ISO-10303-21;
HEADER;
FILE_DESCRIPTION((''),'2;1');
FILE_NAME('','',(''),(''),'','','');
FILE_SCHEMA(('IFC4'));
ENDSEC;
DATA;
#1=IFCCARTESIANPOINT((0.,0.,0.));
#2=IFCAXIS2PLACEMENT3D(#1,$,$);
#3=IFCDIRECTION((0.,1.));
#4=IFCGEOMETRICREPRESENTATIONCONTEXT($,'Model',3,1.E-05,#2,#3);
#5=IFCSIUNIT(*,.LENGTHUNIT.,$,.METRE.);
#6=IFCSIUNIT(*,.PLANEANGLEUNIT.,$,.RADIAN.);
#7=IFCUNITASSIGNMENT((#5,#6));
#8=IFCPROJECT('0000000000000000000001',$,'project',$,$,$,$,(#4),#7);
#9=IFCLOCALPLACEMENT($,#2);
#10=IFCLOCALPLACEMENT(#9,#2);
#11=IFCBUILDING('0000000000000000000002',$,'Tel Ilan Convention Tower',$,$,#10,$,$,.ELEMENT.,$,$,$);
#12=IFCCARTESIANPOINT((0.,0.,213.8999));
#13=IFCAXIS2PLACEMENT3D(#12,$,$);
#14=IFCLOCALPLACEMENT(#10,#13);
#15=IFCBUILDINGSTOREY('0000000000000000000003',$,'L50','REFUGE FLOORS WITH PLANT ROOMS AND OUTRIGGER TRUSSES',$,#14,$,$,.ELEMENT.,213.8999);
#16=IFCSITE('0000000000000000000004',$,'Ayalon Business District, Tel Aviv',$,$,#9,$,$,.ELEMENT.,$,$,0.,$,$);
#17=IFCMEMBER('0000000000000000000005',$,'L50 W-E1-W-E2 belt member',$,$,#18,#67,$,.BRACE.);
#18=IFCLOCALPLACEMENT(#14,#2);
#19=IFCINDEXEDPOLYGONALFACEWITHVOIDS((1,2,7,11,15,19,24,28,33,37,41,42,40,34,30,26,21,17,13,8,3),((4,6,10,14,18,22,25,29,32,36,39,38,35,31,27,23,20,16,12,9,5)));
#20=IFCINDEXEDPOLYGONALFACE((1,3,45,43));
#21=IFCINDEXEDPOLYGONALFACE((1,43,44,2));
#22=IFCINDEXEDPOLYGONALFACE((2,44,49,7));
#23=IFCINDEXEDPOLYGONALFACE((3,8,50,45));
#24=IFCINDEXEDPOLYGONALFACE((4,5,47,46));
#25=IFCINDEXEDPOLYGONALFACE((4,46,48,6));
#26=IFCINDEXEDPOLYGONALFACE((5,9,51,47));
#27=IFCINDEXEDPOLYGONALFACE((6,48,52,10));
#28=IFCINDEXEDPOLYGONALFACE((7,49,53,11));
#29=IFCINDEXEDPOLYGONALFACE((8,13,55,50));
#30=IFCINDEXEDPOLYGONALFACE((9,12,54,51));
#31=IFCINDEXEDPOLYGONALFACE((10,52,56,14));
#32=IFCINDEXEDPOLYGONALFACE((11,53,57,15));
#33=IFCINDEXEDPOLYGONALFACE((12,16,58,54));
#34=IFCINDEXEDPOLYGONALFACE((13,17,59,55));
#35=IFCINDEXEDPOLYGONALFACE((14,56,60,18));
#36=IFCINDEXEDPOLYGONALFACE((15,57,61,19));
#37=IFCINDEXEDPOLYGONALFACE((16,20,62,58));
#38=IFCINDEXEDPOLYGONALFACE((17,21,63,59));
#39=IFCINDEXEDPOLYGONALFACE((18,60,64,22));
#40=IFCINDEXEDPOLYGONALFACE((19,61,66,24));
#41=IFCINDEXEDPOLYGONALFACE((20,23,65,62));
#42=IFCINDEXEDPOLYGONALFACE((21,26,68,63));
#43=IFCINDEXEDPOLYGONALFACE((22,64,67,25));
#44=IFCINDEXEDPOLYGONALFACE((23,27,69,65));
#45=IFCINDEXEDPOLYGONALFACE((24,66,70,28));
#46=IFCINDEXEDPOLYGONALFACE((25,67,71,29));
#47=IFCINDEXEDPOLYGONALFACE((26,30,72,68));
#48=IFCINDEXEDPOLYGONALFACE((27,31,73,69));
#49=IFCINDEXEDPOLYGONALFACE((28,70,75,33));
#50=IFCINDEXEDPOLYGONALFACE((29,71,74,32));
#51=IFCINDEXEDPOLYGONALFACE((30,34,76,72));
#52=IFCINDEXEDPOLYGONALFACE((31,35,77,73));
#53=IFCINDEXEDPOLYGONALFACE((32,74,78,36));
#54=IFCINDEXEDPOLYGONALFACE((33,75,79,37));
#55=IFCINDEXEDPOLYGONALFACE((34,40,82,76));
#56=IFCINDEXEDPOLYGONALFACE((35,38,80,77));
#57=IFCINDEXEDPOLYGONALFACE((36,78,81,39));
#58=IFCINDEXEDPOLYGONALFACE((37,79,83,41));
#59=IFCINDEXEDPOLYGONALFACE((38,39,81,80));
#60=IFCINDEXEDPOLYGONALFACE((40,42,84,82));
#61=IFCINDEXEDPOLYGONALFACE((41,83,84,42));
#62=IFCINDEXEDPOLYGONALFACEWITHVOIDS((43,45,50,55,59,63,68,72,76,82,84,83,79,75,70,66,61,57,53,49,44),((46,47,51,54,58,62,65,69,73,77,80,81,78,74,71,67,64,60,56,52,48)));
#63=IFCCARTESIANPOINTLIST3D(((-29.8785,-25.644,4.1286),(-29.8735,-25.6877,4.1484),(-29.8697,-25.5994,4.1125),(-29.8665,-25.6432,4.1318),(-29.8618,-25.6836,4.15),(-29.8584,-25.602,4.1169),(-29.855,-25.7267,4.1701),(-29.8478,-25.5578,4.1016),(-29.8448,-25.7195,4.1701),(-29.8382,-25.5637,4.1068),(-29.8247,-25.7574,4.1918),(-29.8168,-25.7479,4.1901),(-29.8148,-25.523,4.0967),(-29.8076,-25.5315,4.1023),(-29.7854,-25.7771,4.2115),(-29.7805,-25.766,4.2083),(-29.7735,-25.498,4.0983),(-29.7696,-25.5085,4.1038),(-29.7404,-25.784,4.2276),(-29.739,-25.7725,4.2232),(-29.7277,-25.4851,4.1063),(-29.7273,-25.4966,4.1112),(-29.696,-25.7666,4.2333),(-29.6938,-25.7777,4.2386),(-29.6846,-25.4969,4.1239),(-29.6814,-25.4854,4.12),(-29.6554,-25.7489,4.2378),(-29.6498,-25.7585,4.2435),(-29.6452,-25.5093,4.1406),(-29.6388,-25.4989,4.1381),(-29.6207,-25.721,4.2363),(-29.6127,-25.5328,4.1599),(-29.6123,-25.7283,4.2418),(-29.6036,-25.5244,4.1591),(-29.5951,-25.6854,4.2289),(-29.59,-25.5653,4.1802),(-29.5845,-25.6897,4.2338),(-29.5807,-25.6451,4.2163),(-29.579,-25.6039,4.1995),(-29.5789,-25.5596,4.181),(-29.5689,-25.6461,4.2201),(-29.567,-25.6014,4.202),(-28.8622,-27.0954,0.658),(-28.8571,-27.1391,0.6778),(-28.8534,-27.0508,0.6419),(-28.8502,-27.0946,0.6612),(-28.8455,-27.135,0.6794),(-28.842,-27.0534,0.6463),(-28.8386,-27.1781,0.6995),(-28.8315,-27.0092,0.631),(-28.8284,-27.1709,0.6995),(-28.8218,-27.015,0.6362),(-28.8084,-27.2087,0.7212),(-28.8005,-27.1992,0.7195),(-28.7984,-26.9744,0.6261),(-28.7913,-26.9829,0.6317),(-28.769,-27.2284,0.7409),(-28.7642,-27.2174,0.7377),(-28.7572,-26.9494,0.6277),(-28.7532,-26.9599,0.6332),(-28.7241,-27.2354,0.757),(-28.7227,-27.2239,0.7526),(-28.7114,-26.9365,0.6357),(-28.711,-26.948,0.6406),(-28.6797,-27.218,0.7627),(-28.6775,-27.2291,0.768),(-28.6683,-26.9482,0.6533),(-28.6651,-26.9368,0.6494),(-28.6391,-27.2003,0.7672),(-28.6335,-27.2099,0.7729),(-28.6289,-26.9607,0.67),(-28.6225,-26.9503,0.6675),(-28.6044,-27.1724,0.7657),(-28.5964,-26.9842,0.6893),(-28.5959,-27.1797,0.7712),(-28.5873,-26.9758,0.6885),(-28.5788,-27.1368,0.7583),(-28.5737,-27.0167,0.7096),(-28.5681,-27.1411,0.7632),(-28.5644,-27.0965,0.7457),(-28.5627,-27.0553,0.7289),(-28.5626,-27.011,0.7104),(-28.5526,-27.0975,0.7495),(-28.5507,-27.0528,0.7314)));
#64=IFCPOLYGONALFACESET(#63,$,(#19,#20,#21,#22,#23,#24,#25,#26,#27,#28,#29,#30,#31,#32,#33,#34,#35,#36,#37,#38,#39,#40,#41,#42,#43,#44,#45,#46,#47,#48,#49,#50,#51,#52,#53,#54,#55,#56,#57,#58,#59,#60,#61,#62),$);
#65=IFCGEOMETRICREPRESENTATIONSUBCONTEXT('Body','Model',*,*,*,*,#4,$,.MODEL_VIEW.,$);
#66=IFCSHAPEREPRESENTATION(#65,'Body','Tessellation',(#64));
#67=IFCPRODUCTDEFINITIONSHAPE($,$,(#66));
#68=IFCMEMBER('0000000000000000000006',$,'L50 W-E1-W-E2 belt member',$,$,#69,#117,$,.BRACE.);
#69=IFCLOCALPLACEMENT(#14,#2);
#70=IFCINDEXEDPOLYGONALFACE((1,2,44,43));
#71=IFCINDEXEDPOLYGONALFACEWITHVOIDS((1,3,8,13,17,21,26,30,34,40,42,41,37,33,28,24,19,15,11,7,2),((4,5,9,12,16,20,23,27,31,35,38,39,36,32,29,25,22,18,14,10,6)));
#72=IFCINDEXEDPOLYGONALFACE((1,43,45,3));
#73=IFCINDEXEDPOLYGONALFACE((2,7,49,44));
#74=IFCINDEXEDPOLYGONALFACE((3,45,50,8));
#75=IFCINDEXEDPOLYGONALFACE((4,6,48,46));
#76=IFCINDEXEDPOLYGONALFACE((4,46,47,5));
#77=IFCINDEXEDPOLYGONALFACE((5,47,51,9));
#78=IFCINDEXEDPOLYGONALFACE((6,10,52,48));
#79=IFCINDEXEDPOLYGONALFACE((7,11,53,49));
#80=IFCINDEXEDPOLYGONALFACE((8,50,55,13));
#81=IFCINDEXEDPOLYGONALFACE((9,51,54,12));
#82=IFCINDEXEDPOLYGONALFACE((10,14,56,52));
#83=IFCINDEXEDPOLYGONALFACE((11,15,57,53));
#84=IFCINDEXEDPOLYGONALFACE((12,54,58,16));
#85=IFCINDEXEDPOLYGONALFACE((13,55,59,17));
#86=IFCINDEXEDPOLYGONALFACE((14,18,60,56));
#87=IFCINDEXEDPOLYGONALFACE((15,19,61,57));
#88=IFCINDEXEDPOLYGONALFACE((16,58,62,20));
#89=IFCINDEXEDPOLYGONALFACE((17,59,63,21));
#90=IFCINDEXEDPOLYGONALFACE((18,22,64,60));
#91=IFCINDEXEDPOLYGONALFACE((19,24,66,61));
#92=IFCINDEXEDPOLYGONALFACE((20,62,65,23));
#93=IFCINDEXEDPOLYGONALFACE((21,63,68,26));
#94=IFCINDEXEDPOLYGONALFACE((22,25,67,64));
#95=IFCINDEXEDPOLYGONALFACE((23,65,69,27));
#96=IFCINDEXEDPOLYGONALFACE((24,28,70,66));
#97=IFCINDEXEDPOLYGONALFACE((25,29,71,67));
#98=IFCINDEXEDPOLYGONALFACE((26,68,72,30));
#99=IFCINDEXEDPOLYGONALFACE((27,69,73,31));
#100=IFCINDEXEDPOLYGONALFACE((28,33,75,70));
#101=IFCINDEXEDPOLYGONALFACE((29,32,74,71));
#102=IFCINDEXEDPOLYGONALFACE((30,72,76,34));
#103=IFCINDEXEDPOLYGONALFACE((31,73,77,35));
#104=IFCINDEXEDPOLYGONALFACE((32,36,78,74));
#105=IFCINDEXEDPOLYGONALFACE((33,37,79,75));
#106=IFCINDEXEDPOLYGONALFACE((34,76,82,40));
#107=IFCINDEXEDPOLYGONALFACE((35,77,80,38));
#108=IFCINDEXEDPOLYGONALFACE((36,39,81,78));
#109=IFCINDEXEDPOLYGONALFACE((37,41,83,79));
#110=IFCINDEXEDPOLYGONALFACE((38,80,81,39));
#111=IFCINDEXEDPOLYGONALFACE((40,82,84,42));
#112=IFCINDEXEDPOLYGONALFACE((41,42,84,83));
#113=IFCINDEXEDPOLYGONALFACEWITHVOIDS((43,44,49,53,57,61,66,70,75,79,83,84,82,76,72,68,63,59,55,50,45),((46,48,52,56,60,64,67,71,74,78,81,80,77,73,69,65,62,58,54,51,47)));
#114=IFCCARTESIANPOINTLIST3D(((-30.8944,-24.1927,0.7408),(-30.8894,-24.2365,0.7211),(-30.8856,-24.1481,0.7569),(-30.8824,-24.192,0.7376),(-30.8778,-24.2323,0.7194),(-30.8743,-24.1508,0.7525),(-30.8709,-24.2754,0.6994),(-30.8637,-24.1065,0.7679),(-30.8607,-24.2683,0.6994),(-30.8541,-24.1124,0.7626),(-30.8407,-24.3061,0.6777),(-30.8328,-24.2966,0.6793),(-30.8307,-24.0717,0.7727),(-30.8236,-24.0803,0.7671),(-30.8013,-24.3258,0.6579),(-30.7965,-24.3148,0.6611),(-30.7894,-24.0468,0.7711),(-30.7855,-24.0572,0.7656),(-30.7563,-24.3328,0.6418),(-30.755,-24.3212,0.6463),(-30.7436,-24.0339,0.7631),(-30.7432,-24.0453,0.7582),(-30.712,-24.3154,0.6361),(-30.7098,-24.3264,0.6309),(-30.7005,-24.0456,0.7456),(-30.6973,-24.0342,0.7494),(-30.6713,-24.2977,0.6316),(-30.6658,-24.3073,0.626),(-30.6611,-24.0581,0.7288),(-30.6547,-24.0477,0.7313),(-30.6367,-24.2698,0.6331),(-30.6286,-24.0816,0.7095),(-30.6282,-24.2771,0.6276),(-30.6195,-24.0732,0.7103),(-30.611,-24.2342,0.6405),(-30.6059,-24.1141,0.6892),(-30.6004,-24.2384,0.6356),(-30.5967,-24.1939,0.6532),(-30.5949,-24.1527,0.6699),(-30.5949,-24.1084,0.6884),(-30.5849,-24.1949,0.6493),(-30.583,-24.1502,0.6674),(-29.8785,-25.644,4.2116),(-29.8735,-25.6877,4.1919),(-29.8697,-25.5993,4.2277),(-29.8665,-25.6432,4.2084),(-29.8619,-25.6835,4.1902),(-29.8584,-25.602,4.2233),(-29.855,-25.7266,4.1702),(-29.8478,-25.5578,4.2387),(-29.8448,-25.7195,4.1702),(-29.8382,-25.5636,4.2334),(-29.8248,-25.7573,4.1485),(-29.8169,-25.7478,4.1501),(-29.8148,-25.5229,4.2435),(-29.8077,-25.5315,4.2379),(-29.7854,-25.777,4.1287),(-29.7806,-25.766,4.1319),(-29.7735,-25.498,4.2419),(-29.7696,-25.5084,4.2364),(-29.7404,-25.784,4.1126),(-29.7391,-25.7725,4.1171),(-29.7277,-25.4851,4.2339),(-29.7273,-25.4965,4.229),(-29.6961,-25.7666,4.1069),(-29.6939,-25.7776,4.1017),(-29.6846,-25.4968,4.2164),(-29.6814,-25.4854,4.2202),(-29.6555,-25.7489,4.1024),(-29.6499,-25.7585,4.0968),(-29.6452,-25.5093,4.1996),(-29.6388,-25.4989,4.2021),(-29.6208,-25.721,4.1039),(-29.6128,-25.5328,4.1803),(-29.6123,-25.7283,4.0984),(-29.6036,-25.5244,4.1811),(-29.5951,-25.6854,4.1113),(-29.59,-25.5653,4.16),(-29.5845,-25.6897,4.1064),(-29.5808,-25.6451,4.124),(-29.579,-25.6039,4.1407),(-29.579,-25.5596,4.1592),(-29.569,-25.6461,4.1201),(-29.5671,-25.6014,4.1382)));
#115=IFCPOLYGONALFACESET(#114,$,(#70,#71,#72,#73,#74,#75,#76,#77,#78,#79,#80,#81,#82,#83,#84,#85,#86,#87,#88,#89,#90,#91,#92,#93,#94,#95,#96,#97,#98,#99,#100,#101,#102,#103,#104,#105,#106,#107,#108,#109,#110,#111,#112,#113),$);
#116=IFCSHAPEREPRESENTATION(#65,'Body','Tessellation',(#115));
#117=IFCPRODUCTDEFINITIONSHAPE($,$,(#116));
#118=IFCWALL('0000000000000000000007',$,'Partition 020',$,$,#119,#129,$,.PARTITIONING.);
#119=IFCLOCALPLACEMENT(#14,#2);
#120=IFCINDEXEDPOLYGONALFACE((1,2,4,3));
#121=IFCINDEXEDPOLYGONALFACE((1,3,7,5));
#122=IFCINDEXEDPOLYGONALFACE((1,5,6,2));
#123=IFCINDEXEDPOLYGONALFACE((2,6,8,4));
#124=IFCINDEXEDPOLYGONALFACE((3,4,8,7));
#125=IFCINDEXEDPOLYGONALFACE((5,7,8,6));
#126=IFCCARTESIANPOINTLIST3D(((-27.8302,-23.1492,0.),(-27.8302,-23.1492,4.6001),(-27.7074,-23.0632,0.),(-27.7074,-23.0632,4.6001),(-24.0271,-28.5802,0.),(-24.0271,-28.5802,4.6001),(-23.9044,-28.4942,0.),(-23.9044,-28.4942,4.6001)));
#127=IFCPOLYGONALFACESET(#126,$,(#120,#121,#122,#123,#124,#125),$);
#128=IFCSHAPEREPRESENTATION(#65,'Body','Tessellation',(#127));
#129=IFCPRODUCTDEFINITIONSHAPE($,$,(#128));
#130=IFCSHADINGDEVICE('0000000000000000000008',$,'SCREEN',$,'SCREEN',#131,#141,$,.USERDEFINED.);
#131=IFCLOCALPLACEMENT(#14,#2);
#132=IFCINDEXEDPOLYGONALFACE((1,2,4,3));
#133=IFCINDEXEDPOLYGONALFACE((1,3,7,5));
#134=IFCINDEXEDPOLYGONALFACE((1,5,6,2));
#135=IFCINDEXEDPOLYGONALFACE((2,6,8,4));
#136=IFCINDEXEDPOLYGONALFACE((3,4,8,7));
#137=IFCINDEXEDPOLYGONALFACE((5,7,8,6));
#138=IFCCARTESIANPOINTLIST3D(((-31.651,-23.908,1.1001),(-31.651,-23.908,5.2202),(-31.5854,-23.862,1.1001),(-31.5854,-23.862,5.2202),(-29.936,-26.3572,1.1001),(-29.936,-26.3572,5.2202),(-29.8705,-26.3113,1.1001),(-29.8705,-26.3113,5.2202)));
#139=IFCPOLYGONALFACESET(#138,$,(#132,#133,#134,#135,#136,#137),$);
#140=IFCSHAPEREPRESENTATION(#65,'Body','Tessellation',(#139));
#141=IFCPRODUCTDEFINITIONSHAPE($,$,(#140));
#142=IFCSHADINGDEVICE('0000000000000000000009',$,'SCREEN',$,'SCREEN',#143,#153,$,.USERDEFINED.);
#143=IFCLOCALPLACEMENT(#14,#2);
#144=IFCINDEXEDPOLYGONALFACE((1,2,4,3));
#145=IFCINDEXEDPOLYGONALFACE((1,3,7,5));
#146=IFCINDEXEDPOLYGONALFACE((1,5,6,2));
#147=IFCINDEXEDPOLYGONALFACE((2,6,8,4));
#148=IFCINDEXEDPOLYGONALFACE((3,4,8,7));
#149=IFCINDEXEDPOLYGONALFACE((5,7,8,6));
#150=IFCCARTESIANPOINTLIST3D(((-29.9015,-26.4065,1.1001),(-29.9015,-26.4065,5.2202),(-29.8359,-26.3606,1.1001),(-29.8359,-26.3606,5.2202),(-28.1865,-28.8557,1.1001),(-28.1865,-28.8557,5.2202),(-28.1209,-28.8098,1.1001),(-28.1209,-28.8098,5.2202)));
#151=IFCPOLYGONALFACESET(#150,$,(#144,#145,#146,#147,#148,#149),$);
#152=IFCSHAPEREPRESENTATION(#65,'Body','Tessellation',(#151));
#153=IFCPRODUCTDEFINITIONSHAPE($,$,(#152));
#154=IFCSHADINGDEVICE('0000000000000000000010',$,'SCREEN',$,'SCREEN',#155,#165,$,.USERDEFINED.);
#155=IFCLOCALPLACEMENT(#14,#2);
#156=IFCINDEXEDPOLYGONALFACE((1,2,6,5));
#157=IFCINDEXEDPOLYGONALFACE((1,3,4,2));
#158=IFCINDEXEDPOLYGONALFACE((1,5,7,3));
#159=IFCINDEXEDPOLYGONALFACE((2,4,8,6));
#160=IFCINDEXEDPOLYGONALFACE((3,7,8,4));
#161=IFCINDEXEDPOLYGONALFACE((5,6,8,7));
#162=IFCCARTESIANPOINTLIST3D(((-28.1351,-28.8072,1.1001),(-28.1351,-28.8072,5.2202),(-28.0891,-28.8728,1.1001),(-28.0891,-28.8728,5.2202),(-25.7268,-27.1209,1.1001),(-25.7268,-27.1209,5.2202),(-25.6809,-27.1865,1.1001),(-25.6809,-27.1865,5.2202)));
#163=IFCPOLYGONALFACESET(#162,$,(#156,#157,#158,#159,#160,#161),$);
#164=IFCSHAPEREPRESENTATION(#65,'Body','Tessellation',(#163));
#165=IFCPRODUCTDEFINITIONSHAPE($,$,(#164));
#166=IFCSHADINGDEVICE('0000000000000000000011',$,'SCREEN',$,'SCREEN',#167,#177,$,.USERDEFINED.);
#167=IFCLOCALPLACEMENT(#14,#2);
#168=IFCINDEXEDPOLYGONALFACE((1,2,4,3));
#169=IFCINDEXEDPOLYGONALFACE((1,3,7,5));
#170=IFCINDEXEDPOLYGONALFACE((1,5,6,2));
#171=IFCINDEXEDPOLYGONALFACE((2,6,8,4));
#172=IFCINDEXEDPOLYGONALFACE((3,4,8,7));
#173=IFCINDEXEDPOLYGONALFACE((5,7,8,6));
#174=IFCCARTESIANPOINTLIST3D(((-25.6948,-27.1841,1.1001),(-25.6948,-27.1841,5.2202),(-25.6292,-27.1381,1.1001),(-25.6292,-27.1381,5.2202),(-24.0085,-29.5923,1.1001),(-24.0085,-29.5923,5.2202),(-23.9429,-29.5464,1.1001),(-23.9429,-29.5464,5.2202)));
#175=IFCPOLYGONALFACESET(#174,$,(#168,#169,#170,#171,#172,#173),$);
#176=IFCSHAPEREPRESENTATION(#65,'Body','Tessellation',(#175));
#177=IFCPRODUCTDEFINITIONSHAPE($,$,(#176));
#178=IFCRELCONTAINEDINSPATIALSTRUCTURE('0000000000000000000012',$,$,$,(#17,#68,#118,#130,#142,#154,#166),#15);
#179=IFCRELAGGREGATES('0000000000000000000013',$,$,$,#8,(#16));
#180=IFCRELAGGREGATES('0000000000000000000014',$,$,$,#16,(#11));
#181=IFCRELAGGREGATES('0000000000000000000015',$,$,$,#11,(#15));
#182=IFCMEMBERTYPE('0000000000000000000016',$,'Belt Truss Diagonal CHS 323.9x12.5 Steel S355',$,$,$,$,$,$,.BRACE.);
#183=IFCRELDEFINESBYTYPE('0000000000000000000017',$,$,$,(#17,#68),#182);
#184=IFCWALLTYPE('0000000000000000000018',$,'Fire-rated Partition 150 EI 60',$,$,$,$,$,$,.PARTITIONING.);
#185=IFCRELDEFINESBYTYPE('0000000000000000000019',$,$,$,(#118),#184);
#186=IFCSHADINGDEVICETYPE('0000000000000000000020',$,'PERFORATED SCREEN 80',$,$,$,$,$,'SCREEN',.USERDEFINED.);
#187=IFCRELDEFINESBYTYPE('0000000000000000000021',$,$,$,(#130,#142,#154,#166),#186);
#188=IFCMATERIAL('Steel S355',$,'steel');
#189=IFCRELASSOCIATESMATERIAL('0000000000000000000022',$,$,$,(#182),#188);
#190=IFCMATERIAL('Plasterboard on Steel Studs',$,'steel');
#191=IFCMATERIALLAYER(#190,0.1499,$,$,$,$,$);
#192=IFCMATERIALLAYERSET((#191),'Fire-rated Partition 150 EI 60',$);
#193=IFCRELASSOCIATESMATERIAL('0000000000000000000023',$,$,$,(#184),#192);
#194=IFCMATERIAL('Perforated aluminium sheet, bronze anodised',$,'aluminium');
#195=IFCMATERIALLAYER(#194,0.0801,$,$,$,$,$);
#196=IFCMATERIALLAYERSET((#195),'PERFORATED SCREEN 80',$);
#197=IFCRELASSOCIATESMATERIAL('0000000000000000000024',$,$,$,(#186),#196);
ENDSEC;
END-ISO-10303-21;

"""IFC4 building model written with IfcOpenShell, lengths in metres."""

from ifc_helpers import new_model, si_unit, direction, frame, frame_2d, origin, origin_2d, place, context, subcontext, project, spatial, rectangle, hollow_circle, extrude, material, layer, layer_set, material_profile, profile_set, type_object, element, save


model = new_model("IFC4")

# Units and contexts
model_context = context("Model", 3, precision=1e-05, world=origin(), true_north=direction((0.0, 1.0)))
body_context = subcontext(model_context, "Body", "Model", "MODEL_VIEW")
ifc_project = project(units=[si_unit("LENGTHUNIT", "METRE"), si_unit("PLANEANGLEUNIT", "RADIAN")], contexts=[model_context])

# Site, building, storey
site_placement = place(None, origin())
site = spatial("IfcSite", under=ifc_project, at=site_placement, Name="Ayalon Business District, Tel Aviv", CompositionType="ELEMENT", RefElevation=0.0)
building_placement = place(site_placement, origin())
building = spatial("IfcBuilding", under=site, at=building_placement, Name="Tel Ilan Convention Tower", CompositionType="ELEMENT")
storey_placement = place(building_placement, frame((0.0, 0.0, 213.8999)))
storey = spatial("IfcBuildingStorey", under=building, at=storey_placement, Name="L50", Description="REFUGE FLOORS WITH PLANT ROOMS AND OUTRIGGER TRUSSES", CompositionType="ELEMENT", Elevation=213.8999)

# Members
ifc_material_1 = material(Name="Steel S355", Category="steel")
ifc_material_profile_1 = material_profile(ifc_material_1, hollow_circle(Radius=0.1619, WallThickness=0.0125, at=origin_2d()), Name="CHS 323.9x12.5")
ifc_profile_set_1 = profile_set([ifc_material_profile_1], Name="Steel S355")
member_type_1 = type_object("IfcMemberType", Name="Belt Truss Diagonal CHS 323.9x12.5 Steel S355", PredefinedType="BRACE", material=ifc_profile_set_1)
for number, where, z_axis, x_axis, name in (
    (1, (-28.7061, -27.0852, 0.6995), (-0.260816, 0.37246, 0.890645), (-0.819135, -0.573601, 0.0), "L50 W-E1-W-E2 belt member"),
    (2, (-29.7224, -25.6338, 4.1702), (-0.260705, 0.372418, -0.890695), (-0.819219, -0.573481, 0.0), "L50 W-E1-W-E2 belt member"),
):
    element("IfcMember", number, at=place(storey_placement, frame(where, z_axis=z_axis, x_axis=x_axis)), inside=storey, type_object=member_type_1, Name=name, PredefinedType="BRACE", context=body_context, shape_type="SweptSolid", body=[
        extrude(hollow_circle(Radius=0.1619, WallThickness=0.0125, at=origin_2d()), origin(), (0.0, 0.0, 1.0), 3.8967),
    ])

# Wall
ifc_material_2 = material(Name="Plasterboard on Steel Studs", Category="steel")
ifc_layer_1 = layer(ifc_material_2, 0.1499)
ifc_layer_set_1 = layer_set([ifc_layer_1], Name="Fire-rated Partition 150 EI 60")
wall_type = type_object("IfcWallType", Name="Fire-rated Partition 150 EI 60", PredefinedType="PARTITIONING", material=ifc_layer_set_1)
wall_placement = place(storey_placement, frame((-23.9658, -28.5371, 0.0), z_axis=(0.0, 0.0, 1.0), x_axis=(-0.573598, 0.819137, 0.0)))
element("IfcWall", 3, at=wall_placement, inside=storey, type_object=wall_type, Name="Partition 020", PredefinedType="PARTITIONING", context=body_context, shape_type="SweptSolid", body=[
    extrude(rectangle(XDim=6.6301, YDim=0.1499, at=frame_2d((3.3149, 0.0))), origin(), (0.0, 0.0, 1.0), 4.6001),
])

# Shading devices
ifc_material_3 = material(Name="Perforated aluminium sheet, bronze anodised", Category="aluminium")
ifc_layer_2 = layer(ifc_material_3, 0.0801)
ifc_layer_set_2 = layer_set([ifc_layer_2], Name="PERFORATED SCREEN 80")
shading_device_type_1 = type_object("IfcShadingDeviceType", Name="PERFORATED SCREEN 80", ElementType="SCREEN", PredefinedType="USERDEFINED", material=ifc_layer_set_2)
for number, where, z_axis, x_axis, name in (
    (4, (-30.7607, -25.1096, 1.1001), (0.0, 0.0, 1.0), (0.573576, -0.819152, 0.0), "SCREEN"),
    (5, (-29.0112, -27.6082, 1.1001), (0.0, 0.0, 1.0), (0.573576, -0.819152, 0.0), "SCREEN"),
):
    element("IfcShadingDevice", number, at=place(storey_placement, frame(where, z_axis=z_axis, x_axis=x_axis)), inside=storey, type_object=shading_device_type_1, Name=name, ObjectType="SCREEN", PredefinedType="USERDEFINED", context=body_context, shape_type="SweptSolid", body=[
        extrude(rectangle(XDim=2.99, YDim=0.0801, at=origin_2d()), origin(), (0.0, 0.0, 1.0), 4.1201),
    ])
for number, where, z_axis, x_axis, name in (
    (6, (-26.908, -27.9968, 1.1001), (0.0, 0.0, 1.0), (0.819152, 0.573576, 0.0), "SCREEN"),
    (7, (-24.8188, -28.3652, 1.1001), (0.0, 0.0, 1.0), (0.573576, -0.819152, 0.0), "SCREEN"),
):
    element("IfcShadingDevice", number, at=place(storey_placement, frame(where, z_axis=z_axis, x_axis=x_axis)), inside=storey, type_object=shading_device_type_1, Name=name, ObjectType="SCREEN", PredefinedType="USERDEFINED", context=body_context, shape_type="SweptSolid", body=[
        extrude(rectangle(XDim=2.9399, YDim=0.0801, at=origin_2d()), origin(), (0.0, 0.0, 1.0), 4.1201),
    ])

save(model, "model.ifc")
